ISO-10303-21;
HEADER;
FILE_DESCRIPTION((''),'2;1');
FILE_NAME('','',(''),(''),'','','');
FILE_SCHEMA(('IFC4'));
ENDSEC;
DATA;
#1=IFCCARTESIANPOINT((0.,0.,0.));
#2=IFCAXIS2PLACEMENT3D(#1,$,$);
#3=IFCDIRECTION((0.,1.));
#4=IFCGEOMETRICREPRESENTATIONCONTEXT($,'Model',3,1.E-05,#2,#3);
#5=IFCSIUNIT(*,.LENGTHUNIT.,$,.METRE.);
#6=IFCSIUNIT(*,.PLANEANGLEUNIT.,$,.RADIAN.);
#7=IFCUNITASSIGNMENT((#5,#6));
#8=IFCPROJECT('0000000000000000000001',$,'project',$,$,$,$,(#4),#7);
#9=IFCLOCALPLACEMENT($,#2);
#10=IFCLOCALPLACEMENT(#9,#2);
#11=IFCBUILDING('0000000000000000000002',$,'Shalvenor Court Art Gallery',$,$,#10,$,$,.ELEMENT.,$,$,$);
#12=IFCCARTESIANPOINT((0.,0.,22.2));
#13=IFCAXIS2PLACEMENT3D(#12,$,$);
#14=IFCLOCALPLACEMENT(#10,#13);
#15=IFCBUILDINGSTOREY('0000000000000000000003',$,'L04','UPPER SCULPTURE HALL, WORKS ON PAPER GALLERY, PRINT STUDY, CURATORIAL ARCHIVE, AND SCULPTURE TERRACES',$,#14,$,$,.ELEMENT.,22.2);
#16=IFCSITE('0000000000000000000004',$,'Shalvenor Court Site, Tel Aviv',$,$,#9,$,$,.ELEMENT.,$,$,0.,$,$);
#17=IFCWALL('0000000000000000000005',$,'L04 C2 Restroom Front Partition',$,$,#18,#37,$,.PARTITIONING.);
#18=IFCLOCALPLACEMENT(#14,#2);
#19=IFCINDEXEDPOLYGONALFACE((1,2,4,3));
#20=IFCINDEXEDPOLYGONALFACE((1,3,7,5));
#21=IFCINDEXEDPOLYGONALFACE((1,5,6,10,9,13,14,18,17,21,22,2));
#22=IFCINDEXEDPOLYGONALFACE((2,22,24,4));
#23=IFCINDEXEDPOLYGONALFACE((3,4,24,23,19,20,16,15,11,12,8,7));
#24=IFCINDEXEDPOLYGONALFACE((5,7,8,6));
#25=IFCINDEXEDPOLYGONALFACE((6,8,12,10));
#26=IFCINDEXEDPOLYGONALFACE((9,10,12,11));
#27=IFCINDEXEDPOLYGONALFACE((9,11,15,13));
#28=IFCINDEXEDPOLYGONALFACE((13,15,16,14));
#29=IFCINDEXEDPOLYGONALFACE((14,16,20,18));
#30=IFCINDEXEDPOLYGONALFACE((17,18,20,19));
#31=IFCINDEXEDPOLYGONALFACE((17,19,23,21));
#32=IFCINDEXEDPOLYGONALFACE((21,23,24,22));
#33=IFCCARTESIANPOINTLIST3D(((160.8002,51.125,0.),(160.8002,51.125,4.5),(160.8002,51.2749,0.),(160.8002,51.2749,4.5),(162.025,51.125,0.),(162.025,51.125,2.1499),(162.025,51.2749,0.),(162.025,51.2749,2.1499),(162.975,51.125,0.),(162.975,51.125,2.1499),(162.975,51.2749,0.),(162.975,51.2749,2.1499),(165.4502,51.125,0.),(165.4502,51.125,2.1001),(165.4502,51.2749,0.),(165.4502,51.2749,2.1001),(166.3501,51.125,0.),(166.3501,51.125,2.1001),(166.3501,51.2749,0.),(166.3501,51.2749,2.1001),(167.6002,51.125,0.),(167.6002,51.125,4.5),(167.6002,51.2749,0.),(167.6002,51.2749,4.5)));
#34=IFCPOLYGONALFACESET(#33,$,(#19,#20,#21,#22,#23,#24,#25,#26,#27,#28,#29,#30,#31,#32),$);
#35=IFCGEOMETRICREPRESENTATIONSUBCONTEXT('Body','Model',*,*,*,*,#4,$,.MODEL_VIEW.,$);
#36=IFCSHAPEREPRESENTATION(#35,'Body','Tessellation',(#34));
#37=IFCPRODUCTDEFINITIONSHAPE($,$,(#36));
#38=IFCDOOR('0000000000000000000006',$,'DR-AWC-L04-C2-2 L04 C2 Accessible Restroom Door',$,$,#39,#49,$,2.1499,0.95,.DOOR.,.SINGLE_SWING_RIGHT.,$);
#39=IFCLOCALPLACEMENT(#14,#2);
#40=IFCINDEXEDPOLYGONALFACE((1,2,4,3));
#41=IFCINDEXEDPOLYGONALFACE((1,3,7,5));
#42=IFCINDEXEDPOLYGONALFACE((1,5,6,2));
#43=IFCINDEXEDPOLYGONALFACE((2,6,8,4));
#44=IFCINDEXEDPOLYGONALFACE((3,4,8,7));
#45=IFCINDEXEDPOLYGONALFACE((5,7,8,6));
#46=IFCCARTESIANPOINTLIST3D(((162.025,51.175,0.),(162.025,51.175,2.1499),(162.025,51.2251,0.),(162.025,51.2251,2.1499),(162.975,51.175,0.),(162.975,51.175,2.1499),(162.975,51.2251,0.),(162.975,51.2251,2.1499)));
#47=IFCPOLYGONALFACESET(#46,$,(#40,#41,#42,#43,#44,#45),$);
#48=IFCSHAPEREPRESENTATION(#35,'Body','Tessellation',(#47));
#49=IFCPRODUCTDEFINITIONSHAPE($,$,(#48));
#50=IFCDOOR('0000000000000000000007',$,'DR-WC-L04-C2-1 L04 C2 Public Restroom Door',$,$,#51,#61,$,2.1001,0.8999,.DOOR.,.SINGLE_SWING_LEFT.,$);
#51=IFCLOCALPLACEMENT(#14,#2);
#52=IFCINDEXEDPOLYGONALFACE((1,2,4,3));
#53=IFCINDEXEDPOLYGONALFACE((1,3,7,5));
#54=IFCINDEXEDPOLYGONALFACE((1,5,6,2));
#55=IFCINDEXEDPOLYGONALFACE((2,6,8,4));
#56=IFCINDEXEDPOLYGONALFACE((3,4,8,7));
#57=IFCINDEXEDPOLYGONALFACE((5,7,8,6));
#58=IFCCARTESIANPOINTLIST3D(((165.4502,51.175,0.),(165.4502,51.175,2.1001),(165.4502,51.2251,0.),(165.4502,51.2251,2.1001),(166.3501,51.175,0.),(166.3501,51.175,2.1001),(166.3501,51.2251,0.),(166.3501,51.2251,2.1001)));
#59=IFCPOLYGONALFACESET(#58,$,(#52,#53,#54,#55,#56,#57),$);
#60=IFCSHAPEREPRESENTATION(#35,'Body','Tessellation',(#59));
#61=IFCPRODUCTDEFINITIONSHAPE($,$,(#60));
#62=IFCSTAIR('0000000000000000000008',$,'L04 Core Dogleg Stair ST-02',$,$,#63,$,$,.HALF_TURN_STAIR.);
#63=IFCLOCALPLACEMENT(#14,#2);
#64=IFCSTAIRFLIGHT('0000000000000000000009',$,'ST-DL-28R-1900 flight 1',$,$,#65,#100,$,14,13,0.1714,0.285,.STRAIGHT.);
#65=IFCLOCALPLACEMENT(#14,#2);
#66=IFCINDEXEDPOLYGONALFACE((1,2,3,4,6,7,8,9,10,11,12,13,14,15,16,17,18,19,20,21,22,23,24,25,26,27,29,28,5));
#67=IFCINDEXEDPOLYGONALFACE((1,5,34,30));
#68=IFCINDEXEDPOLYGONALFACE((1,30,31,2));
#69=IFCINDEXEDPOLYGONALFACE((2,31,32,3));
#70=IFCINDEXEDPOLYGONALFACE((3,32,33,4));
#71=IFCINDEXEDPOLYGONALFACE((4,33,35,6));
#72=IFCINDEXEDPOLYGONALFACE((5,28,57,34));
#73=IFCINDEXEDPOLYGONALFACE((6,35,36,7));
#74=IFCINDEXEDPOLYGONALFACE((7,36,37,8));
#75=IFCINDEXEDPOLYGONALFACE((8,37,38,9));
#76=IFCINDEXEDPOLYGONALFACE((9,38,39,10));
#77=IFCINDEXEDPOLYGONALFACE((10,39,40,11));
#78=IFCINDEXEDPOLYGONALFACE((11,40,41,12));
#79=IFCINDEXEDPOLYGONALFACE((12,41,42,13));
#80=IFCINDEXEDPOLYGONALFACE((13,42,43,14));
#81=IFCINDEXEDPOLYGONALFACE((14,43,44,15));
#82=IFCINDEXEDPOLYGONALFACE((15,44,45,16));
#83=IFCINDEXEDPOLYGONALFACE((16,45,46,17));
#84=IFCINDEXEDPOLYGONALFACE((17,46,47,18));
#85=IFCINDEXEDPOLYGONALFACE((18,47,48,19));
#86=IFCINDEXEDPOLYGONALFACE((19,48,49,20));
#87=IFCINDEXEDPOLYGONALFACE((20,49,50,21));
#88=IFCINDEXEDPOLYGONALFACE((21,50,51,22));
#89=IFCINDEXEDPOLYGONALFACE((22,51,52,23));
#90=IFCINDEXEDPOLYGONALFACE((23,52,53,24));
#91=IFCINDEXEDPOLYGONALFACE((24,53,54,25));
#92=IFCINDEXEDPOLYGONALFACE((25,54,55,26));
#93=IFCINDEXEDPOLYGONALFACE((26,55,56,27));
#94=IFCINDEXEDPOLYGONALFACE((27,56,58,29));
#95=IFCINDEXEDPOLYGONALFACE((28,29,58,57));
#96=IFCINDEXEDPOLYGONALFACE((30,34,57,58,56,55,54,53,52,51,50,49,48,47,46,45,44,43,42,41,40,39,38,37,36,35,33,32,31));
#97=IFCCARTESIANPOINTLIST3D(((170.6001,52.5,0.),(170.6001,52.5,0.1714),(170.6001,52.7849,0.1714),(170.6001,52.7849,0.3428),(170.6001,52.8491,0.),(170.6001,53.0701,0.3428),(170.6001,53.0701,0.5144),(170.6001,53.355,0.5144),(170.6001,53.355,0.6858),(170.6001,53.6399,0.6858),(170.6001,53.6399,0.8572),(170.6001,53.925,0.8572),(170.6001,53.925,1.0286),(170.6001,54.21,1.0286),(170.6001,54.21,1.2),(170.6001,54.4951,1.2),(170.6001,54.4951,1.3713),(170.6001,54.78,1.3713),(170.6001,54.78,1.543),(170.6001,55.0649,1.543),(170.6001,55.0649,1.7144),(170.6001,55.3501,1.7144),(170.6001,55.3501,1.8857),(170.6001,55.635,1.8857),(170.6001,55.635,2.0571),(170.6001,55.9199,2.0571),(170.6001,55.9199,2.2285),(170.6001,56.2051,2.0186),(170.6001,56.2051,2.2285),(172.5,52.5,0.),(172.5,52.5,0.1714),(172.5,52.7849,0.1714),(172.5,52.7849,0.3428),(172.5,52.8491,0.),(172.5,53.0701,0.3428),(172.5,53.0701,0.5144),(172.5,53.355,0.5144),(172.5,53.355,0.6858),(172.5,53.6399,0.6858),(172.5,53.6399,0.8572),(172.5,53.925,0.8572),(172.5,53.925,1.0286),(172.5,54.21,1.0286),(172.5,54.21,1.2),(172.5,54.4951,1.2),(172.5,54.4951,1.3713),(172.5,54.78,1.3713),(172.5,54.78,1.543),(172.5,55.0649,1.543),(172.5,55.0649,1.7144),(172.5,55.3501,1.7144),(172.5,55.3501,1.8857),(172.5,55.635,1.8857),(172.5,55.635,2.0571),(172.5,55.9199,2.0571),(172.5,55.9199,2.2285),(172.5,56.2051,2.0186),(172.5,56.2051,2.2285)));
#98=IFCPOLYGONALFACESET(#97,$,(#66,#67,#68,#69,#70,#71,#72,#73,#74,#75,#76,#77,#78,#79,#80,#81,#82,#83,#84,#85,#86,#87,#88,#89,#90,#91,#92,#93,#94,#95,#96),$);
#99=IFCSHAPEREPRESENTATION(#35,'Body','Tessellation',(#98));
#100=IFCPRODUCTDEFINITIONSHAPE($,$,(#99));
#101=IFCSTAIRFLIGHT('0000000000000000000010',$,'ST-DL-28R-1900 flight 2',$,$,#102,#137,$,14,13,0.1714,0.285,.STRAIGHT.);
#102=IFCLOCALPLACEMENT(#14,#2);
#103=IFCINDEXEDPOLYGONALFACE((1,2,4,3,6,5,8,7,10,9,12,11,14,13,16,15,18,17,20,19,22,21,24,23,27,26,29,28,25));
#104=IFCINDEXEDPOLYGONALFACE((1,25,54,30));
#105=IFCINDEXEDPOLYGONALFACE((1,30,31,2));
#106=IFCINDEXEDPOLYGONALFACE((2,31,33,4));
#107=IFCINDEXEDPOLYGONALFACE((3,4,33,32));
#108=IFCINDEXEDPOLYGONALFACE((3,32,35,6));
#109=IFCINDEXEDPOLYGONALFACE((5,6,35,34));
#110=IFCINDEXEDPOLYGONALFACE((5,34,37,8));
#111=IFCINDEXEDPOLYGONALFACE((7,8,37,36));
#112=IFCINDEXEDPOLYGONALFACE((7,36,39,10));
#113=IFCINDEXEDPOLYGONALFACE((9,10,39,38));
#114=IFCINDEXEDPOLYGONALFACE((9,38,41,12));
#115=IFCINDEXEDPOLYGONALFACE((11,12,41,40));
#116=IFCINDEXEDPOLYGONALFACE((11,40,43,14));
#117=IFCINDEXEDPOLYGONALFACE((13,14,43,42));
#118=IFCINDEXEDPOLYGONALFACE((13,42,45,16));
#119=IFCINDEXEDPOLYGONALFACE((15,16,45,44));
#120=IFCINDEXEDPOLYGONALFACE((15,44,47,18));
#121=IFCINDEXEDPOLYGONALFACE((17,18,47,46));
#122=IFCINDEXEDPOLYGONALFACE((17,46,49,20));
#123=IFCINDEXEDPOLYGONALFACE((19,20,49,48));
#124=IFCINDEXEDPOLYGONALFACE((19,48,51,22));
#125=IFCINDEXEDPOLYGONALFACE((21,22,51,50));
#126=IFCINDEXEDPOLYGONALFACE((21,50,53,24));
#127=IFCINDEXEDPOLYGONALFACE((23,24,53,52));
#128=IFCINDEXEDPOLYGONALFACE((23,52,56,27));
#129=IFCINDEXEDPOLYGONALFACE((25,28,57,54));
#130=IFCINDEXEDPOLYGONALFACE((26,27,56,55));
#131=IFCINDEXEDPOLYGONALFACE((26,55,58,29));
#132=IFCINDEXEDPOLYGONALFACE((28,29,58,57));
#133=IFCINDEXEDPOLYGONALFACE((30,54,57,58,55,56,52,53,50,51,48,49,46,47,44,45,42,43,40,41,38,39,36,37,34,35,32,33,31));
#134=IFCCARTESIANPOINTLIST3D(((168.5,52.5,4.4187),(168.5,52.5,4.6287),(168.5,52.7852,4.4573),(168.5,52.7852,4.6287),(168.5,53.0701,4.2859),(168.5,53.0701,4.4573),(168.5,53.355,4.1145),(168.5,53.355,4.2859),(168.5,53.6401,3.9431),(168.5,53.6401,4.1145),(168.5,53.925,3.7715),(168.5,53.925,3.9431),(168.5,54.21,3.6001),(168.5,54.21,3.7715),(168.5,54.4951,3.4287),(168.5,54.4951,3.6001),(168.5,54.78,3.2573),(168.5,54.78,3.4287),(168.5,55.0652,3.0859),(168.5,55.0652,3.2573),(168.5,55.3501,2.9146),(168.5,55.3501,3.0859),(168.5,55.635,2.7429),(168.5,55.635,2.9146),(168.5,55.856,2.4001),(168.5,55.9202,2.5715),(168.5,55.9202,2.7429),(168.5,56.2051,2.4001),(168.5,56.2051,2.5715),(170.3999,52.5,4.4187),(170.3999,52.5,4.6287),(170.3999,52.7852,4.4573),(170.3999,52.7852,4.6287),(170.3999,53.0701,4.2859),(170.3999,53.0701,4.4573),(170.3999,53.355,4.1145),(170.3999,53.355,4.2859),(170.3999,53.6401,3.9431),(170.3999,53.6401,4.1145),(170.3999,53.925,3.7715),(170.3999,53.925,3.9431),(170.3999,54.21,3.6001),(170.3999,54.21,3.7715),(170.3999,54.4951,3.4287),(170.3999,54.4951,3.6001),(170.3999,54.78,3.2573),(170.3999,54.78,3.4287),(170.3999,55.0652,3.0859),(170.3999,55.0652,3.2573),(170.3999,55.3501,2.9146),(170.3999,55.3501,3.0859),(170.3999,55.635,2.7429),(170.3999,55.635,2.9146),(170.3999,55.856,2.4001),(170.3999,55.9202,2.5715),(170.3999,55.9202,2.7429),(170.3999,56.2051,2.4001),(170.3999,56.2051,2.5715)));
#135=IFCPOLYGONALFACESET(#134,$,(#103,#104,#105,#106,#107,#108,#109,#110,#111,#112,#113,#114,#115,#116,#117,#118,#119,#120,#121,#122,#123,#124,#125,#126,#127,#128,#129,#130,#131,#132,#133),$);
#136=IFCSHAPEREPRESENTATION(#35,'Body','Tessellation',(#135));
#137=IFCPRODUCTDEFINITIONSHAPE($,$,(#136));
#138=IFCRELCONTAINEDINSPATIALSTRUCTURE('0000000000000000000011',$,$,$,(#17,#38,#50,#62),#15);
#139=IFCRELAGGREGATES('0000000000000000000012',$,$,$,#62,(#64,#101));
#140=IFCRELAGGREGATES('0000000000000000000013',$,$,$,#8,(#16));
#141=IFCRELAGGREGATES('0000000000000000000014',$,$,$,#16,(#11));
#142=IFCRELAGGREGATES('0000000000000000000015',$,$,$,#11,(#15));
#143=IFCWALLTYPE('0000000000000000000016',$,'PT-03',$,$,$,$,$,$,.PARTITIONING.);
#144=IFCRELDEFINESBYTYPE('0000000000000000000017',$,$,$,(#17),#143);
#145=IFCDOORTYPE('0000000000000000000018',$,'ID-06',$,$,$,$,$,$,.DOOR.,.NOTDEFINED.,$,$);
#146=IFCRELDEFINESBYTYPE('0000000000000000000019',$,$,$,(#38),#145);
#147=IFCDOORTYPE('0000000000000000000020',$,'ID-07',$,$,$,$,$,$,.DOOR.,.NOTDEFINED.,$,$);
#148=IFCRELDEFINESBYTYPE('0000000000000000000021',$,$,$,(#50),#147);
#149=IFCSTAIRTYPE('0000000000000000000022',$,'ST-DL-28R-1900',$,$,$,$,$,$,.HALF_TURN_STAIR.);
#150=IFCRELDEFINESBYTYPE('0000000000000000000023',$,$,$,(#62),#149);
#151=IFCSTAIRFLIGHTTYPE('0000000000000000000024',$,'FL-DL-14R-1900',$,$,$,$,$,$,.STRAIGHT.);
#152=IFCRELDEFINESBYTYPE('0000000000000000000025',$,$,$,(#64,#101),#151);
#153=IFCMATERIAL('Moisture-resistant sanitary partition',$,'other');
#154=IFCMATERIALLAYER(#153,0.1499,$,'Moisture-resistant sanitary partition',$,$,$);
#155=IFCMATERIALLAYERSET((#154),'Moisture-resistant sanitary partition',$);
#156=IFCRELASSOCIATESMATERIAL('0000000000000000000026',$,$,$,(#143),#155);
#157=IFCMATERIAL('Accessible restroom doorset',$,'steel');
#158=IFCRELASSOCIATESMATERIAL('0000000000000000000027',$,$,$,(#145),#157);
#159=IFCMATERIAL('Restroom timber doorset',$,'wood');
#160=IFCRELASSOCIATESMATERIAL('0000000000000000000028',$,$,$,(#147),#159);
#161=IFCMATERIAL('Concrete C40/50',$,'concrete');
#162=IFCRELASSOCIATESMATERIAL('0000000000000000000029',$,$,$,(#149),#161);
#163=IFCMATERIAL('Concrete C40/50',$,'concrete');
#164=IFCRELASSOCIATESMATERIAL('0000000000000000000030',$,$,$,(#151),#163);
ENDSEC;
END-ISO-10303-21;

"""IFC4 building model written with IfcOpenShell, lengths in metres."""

from ifc_helpers import new_model, si_unit, direction, frame, frame_2d, origin, place, context, subcontext, project, spatial, polyline, rectangle, outline, extrude, material, layer, layer_set, type_object, element, fill, aggregate, save


model = new_model("IFC4")

# Units and contexts
model_context = context("Model", 3, precision=1e-05, world=origin(), true_north=direction((0.0, 1.0)))
body_context = subcontext(model_context, "Body", "Model", "MODEL_VIEW")
ifc_project = project(units=[si_unit("LENGTHUNIT", "METRE"), si_unit("PLANEANGLEUNIT", "RADIAN")], contexts=[model_context])

# Site, building, storey
site_placement = place(None, origin())
site = spatial("IfcSite", under=ifc_project, at=site_placement, Name="Shalvenor Court Site, Tel Aviv", CompositionType="ELEMENT", RefElevation=0.0)
building_placement = place(site_placement, origin())
building = spatial("IfcBuilding", under=site, at=building_placement, Name="Shalvenor Court Art Gallery", CompositionType="ELEMENT")
storey_placement = place(building_placement, frame((0.0, 0.0, 22.2)))
storey = spatial("IfcBuildingStorey", under=building, at=storey_placement, Name="L04", Description="UPPER SCULPTURE HALL, WORKS ON PAPER GALLERY, PRINT STUDY, CURATORIAL ARCHIVE, AND SCULPTURE TERRACES", CompositionType="ELEMENT", Elevation=22.2)

# Wall, openings, doors
ifc_material_1 = material(Name="Moisture-resistant sanitary partition", Category="other")
ifc_layer_1 = layer(ifc_material_1, 0.1499, Name="Moisture-resistant sanitary partition")
ifc_layer_set_1 = layer_set([ifc_layer_1], Name="Moisture-resistant sanitary partition")
wall_type_1 = type_object("IfcWallType", Name="PT-03", PredefinedType="PARTITIONING", material=ifc_layer_set_1)
wall_1_placement = place(storey_placement, frame((167.6001, 51.2, 0.0), z_axis=(0.0, 0.0, 1.0), x_axis=(-1.0, 0.0, 0.0)))
wall_1 = element("IfcWall", 1, at=wall_1_placement, inside=storey, type_object=wall_type_1, Name="L04 C2 Restroom Front Partition", PredefinedType="PARTITIONING", context=body_context, shape_type="SweptSolid", body=[
    extrude(rectangle(XDim=6.8, YDim=0.1499, at=frame_2d((3.3999, 0.0))), origin(), (0.0, 0.0, 1.0), 4.5),
])
opening_1_placement = place(wall_1_placement, frame((1.25, 0.0, 0.0)))
opening_1 = element("IfcOpeningElement", 2, at=opening_1_placement, cuts=wall_1, PredefinedType="OPENING", context=body_context, shape_type="SweptSolid", body=[
    extrude(rectangle(XDim=0.8999, YDim=2.1001, at=frame_2d((0.45, 1.05))), frame((0.0, 0.085, 0.0), z_axis=(0.0, -1.0, 0.0), x_axis=(1.0, 0.0, 0.0)), (0.0, 0.0, 1.0), 0.1699),
])
opening_2_placement = place(wall_1_placement, frame((4.625, 0.0, 0.0)))
opening_2 = element("IfcOpeningElement", 3, at=opening_2_placement, cuts=wall_1, PredefinedType="OPENING", context=body_context, shape_type="SweptSolid", body=[
    extrude(rectangle(XDim=0.95, YDim=2.1499, at=frame_2d((0.4751, 1.075))), frame((0.0, 0.085, 0.0), z_axis=(0.0, -1.0, 0.0), x_axis=(1.0, 0.0, 0.0)), (0.0, 0.0, 1.0), 0.1699),
])
ifc_material_2 = material(Name="Accessible restroom doorset", Category="steel")
door_type_1 = type_object("IfcDoorType", Name="ID-06", OperationType="NOTDEFINED", PredefinedType="DOOR", material=ifc_material_2)
door_1_placement = place(opening_2_placement, origin())
door_1 = element("IfcDoor", 4, at=door_1_placement, inside=storey, type_object=door_type_1, Name="DR-AWC-L04-C2-2 L04 C2 Accessible Restroom Door", OperationType="SINGLE_SWING_RIGHT", OverallHeight=2.1499, OverallWidth=0.95, PredefinedType="DOOR", context=body_context, shape_type="SweptSolid", body=[
    extrude(rectangle(XDim=0.95, YDim=2.1499, at=frame_2d((0.4751, 1.075))), frame((0.0, 0.0249, 0.0), z_axis=(0.0, -1.0, 0.0), x_axis=(1.0, 0.0, 0.0)), (0.0, 0.0, 1.0), 0.05),
])
fill(opening_2, door_1)
ifc_material_3 = material(Name="Restroom timber doorset", Category="wood")
door_type_2 = type_object("IfcDoorType", Name="ID-07", OperationType="NOTDEFINED", PredefinedType="DOOR", material=ifc_material_3)
door_2_placement = place(opening_1_placement, origin())
door_2 = element("IfcDoor", 5, at=door_2_placement, inside=storey, type_object=door_type_2, Name="DR-WC-L04-C2-1 L04 C2 Public Restroom Door", OperationType="SINGLE_SWING_LEFT", OverallHeight=2.1001, OverallWidth=0.8999, PredefinedType="DOOR", context=body_context, shape_type="SweptSolid", body=[
    extrude(rectangle(XDim=0.8999, YDim=2.1001, at=frame_2d((0.45, 1.05))), frame((0.0, 0.0249, 0.0), z_axis=(0.0, -1.0, 0.0), x_axis=(1.0, 0.0, 0.0)), (0.0, 0.0, 1.0), 0.05),
])
fill(opening_1, door_2)

# Stair, stair flights
ifc_material_4 = material(Name="Concrete C40/50", Category="concrete")
stair_type = type_object("IfcStairType", Name="ST-DL-28R-1900", PredefinedType="HALF_TURN_STAIR", material=ifc_material_4)
stair_placement = place(storey_placement, origin())
stair = element("IfcStair", 6, at=stair_placement, inside=storey, type_object=stair_type, Name="L04 Core Dogleg Stair ST-02", PredefinedType="HALF_TURN_STAIR")
ifc_material_5 = material(Name="Concrete C40/50", Category="concrete")
stair_flight_type = type_object("IfcStairFlightType", Name="FL-DL-14R-1900", PredefinedType="STRAIGHT", material=ifc_material_5)
stair_flight_1_placement = place(storey_placement, frame((171.55, 52.5, 0.0), z_axis=(0.0, 0.0, 1.0), x_axis=(0.0, 1.0, 0.0)))
stair_flight_1 = element("IfcStairFlight", 7, at=stair_flight_1_placement, type_object=stair_flight_type, Name="ST-DL-28R-1900 flight 1", NumberOfRisers=14, NumberOfTreads=13, PredefinedType="STRAIGHT", RiserHeight=0.1714, TreadLength=0.285, context=body_context, shape_type="SweptSolid", body=[
    extrude(outline(polyline([(0.0, 0.0), (0.0, 0.1714), (0.2849, 0.1714), (0.2849, 0.3428), (0.5701, 0.3428), (0.5701, 0.5144), (0.855, 0.5144), (0.855, 0.6858), (1.1399, 0.6858), (1.1399, 0.8572), (1.425, 0.8572), (1.425, 1.0286), (1.71, 1.0286), (1.71, 1.2), (1.9951, 1.2), (1.9951, 1.3713), (2.28, 1.3713), (2.28, 1.543), (2.5649, 1.543), (2.5649, 1.7144), (2.8501, 1.7144), (2.8501, 1.8857), (3.135, 1.8857), (3.135, 2.0571), (3.4199, 2.0571), (3.4199, 2.2285), (3.7051, 2.2285), (3.7051, 2.3999), (3.7051, 2.0186), (0.3491, 0.0), (0.0, 0.0)])), frame((0.0, 0.95, 0.0), z_axis=(0.0, -1.0, 0.0), x_axis=(1.0, 0.0, 0.0)), (0.0, 0.0, 1.0), 1.8999),
])
stair_flight_2_placement = place(storey_placement, frame((169.45, 56.2051, 2.4001), z_axis=(0.0, 0.0, 1.0), x_axis=(0.0, -1.0, 0.0)))
stair_flight_2 = element("IfcStairFlight", 8, at=stair_flight_2_placement, type_object=stair_flight_type, Name="ST-DL-28R-1900 flight 2", NumberOfRisers=14, NumberOfTreads=13, PredefinedType="STRAIGHT", RiserHeight=0.1714, TreadLength=0.285, context=body_context, shape_type="SweptSolid", body=[
    extrude(outline(polyline([(0.0, 0.0), (0.0, 0.1714), (0.2849, 0.1714), (0.2849, 0.3428), (0.5701, 0.3428), (0.5701, 0.5144), (0.855, 0.5144), (0.855, 0.6858), (1.1399, 0.6858), (1.1399, 0.8572), (1.425, 0.8572), (1.425, 1.0286), (1.71, 1.0286), (1.71, 1.2), (1.9951, 1.2), (1.9951, 1.3713), (2.28, 1.3713), (2.28, 1.543), (2.5649, 1.543), (2.5649, 1.7144), (2.8501, 1.7144), (2.8501, 1.8857), (3.135, 1.8857), (3.135, 2.0571), (3.4199, 2.0571), (3.4199, 2.2285), (3.7051, 2.2285), (3.7051, 2.3999), (3.7051, 2.0186), (0.3491, 0.0), (0.0, 0.0)])), frame((0.0, 0.95, 0.0), z_axis=(0.0, -1.0, 0.0), x_axis=(1.0, 0.0, 0.0)), (0.0, 0.0, 1.0), 1.8999),
])
aggregate(stair, [stair_flight_1, stair_flight_2])

save(model, "model.ifc")
